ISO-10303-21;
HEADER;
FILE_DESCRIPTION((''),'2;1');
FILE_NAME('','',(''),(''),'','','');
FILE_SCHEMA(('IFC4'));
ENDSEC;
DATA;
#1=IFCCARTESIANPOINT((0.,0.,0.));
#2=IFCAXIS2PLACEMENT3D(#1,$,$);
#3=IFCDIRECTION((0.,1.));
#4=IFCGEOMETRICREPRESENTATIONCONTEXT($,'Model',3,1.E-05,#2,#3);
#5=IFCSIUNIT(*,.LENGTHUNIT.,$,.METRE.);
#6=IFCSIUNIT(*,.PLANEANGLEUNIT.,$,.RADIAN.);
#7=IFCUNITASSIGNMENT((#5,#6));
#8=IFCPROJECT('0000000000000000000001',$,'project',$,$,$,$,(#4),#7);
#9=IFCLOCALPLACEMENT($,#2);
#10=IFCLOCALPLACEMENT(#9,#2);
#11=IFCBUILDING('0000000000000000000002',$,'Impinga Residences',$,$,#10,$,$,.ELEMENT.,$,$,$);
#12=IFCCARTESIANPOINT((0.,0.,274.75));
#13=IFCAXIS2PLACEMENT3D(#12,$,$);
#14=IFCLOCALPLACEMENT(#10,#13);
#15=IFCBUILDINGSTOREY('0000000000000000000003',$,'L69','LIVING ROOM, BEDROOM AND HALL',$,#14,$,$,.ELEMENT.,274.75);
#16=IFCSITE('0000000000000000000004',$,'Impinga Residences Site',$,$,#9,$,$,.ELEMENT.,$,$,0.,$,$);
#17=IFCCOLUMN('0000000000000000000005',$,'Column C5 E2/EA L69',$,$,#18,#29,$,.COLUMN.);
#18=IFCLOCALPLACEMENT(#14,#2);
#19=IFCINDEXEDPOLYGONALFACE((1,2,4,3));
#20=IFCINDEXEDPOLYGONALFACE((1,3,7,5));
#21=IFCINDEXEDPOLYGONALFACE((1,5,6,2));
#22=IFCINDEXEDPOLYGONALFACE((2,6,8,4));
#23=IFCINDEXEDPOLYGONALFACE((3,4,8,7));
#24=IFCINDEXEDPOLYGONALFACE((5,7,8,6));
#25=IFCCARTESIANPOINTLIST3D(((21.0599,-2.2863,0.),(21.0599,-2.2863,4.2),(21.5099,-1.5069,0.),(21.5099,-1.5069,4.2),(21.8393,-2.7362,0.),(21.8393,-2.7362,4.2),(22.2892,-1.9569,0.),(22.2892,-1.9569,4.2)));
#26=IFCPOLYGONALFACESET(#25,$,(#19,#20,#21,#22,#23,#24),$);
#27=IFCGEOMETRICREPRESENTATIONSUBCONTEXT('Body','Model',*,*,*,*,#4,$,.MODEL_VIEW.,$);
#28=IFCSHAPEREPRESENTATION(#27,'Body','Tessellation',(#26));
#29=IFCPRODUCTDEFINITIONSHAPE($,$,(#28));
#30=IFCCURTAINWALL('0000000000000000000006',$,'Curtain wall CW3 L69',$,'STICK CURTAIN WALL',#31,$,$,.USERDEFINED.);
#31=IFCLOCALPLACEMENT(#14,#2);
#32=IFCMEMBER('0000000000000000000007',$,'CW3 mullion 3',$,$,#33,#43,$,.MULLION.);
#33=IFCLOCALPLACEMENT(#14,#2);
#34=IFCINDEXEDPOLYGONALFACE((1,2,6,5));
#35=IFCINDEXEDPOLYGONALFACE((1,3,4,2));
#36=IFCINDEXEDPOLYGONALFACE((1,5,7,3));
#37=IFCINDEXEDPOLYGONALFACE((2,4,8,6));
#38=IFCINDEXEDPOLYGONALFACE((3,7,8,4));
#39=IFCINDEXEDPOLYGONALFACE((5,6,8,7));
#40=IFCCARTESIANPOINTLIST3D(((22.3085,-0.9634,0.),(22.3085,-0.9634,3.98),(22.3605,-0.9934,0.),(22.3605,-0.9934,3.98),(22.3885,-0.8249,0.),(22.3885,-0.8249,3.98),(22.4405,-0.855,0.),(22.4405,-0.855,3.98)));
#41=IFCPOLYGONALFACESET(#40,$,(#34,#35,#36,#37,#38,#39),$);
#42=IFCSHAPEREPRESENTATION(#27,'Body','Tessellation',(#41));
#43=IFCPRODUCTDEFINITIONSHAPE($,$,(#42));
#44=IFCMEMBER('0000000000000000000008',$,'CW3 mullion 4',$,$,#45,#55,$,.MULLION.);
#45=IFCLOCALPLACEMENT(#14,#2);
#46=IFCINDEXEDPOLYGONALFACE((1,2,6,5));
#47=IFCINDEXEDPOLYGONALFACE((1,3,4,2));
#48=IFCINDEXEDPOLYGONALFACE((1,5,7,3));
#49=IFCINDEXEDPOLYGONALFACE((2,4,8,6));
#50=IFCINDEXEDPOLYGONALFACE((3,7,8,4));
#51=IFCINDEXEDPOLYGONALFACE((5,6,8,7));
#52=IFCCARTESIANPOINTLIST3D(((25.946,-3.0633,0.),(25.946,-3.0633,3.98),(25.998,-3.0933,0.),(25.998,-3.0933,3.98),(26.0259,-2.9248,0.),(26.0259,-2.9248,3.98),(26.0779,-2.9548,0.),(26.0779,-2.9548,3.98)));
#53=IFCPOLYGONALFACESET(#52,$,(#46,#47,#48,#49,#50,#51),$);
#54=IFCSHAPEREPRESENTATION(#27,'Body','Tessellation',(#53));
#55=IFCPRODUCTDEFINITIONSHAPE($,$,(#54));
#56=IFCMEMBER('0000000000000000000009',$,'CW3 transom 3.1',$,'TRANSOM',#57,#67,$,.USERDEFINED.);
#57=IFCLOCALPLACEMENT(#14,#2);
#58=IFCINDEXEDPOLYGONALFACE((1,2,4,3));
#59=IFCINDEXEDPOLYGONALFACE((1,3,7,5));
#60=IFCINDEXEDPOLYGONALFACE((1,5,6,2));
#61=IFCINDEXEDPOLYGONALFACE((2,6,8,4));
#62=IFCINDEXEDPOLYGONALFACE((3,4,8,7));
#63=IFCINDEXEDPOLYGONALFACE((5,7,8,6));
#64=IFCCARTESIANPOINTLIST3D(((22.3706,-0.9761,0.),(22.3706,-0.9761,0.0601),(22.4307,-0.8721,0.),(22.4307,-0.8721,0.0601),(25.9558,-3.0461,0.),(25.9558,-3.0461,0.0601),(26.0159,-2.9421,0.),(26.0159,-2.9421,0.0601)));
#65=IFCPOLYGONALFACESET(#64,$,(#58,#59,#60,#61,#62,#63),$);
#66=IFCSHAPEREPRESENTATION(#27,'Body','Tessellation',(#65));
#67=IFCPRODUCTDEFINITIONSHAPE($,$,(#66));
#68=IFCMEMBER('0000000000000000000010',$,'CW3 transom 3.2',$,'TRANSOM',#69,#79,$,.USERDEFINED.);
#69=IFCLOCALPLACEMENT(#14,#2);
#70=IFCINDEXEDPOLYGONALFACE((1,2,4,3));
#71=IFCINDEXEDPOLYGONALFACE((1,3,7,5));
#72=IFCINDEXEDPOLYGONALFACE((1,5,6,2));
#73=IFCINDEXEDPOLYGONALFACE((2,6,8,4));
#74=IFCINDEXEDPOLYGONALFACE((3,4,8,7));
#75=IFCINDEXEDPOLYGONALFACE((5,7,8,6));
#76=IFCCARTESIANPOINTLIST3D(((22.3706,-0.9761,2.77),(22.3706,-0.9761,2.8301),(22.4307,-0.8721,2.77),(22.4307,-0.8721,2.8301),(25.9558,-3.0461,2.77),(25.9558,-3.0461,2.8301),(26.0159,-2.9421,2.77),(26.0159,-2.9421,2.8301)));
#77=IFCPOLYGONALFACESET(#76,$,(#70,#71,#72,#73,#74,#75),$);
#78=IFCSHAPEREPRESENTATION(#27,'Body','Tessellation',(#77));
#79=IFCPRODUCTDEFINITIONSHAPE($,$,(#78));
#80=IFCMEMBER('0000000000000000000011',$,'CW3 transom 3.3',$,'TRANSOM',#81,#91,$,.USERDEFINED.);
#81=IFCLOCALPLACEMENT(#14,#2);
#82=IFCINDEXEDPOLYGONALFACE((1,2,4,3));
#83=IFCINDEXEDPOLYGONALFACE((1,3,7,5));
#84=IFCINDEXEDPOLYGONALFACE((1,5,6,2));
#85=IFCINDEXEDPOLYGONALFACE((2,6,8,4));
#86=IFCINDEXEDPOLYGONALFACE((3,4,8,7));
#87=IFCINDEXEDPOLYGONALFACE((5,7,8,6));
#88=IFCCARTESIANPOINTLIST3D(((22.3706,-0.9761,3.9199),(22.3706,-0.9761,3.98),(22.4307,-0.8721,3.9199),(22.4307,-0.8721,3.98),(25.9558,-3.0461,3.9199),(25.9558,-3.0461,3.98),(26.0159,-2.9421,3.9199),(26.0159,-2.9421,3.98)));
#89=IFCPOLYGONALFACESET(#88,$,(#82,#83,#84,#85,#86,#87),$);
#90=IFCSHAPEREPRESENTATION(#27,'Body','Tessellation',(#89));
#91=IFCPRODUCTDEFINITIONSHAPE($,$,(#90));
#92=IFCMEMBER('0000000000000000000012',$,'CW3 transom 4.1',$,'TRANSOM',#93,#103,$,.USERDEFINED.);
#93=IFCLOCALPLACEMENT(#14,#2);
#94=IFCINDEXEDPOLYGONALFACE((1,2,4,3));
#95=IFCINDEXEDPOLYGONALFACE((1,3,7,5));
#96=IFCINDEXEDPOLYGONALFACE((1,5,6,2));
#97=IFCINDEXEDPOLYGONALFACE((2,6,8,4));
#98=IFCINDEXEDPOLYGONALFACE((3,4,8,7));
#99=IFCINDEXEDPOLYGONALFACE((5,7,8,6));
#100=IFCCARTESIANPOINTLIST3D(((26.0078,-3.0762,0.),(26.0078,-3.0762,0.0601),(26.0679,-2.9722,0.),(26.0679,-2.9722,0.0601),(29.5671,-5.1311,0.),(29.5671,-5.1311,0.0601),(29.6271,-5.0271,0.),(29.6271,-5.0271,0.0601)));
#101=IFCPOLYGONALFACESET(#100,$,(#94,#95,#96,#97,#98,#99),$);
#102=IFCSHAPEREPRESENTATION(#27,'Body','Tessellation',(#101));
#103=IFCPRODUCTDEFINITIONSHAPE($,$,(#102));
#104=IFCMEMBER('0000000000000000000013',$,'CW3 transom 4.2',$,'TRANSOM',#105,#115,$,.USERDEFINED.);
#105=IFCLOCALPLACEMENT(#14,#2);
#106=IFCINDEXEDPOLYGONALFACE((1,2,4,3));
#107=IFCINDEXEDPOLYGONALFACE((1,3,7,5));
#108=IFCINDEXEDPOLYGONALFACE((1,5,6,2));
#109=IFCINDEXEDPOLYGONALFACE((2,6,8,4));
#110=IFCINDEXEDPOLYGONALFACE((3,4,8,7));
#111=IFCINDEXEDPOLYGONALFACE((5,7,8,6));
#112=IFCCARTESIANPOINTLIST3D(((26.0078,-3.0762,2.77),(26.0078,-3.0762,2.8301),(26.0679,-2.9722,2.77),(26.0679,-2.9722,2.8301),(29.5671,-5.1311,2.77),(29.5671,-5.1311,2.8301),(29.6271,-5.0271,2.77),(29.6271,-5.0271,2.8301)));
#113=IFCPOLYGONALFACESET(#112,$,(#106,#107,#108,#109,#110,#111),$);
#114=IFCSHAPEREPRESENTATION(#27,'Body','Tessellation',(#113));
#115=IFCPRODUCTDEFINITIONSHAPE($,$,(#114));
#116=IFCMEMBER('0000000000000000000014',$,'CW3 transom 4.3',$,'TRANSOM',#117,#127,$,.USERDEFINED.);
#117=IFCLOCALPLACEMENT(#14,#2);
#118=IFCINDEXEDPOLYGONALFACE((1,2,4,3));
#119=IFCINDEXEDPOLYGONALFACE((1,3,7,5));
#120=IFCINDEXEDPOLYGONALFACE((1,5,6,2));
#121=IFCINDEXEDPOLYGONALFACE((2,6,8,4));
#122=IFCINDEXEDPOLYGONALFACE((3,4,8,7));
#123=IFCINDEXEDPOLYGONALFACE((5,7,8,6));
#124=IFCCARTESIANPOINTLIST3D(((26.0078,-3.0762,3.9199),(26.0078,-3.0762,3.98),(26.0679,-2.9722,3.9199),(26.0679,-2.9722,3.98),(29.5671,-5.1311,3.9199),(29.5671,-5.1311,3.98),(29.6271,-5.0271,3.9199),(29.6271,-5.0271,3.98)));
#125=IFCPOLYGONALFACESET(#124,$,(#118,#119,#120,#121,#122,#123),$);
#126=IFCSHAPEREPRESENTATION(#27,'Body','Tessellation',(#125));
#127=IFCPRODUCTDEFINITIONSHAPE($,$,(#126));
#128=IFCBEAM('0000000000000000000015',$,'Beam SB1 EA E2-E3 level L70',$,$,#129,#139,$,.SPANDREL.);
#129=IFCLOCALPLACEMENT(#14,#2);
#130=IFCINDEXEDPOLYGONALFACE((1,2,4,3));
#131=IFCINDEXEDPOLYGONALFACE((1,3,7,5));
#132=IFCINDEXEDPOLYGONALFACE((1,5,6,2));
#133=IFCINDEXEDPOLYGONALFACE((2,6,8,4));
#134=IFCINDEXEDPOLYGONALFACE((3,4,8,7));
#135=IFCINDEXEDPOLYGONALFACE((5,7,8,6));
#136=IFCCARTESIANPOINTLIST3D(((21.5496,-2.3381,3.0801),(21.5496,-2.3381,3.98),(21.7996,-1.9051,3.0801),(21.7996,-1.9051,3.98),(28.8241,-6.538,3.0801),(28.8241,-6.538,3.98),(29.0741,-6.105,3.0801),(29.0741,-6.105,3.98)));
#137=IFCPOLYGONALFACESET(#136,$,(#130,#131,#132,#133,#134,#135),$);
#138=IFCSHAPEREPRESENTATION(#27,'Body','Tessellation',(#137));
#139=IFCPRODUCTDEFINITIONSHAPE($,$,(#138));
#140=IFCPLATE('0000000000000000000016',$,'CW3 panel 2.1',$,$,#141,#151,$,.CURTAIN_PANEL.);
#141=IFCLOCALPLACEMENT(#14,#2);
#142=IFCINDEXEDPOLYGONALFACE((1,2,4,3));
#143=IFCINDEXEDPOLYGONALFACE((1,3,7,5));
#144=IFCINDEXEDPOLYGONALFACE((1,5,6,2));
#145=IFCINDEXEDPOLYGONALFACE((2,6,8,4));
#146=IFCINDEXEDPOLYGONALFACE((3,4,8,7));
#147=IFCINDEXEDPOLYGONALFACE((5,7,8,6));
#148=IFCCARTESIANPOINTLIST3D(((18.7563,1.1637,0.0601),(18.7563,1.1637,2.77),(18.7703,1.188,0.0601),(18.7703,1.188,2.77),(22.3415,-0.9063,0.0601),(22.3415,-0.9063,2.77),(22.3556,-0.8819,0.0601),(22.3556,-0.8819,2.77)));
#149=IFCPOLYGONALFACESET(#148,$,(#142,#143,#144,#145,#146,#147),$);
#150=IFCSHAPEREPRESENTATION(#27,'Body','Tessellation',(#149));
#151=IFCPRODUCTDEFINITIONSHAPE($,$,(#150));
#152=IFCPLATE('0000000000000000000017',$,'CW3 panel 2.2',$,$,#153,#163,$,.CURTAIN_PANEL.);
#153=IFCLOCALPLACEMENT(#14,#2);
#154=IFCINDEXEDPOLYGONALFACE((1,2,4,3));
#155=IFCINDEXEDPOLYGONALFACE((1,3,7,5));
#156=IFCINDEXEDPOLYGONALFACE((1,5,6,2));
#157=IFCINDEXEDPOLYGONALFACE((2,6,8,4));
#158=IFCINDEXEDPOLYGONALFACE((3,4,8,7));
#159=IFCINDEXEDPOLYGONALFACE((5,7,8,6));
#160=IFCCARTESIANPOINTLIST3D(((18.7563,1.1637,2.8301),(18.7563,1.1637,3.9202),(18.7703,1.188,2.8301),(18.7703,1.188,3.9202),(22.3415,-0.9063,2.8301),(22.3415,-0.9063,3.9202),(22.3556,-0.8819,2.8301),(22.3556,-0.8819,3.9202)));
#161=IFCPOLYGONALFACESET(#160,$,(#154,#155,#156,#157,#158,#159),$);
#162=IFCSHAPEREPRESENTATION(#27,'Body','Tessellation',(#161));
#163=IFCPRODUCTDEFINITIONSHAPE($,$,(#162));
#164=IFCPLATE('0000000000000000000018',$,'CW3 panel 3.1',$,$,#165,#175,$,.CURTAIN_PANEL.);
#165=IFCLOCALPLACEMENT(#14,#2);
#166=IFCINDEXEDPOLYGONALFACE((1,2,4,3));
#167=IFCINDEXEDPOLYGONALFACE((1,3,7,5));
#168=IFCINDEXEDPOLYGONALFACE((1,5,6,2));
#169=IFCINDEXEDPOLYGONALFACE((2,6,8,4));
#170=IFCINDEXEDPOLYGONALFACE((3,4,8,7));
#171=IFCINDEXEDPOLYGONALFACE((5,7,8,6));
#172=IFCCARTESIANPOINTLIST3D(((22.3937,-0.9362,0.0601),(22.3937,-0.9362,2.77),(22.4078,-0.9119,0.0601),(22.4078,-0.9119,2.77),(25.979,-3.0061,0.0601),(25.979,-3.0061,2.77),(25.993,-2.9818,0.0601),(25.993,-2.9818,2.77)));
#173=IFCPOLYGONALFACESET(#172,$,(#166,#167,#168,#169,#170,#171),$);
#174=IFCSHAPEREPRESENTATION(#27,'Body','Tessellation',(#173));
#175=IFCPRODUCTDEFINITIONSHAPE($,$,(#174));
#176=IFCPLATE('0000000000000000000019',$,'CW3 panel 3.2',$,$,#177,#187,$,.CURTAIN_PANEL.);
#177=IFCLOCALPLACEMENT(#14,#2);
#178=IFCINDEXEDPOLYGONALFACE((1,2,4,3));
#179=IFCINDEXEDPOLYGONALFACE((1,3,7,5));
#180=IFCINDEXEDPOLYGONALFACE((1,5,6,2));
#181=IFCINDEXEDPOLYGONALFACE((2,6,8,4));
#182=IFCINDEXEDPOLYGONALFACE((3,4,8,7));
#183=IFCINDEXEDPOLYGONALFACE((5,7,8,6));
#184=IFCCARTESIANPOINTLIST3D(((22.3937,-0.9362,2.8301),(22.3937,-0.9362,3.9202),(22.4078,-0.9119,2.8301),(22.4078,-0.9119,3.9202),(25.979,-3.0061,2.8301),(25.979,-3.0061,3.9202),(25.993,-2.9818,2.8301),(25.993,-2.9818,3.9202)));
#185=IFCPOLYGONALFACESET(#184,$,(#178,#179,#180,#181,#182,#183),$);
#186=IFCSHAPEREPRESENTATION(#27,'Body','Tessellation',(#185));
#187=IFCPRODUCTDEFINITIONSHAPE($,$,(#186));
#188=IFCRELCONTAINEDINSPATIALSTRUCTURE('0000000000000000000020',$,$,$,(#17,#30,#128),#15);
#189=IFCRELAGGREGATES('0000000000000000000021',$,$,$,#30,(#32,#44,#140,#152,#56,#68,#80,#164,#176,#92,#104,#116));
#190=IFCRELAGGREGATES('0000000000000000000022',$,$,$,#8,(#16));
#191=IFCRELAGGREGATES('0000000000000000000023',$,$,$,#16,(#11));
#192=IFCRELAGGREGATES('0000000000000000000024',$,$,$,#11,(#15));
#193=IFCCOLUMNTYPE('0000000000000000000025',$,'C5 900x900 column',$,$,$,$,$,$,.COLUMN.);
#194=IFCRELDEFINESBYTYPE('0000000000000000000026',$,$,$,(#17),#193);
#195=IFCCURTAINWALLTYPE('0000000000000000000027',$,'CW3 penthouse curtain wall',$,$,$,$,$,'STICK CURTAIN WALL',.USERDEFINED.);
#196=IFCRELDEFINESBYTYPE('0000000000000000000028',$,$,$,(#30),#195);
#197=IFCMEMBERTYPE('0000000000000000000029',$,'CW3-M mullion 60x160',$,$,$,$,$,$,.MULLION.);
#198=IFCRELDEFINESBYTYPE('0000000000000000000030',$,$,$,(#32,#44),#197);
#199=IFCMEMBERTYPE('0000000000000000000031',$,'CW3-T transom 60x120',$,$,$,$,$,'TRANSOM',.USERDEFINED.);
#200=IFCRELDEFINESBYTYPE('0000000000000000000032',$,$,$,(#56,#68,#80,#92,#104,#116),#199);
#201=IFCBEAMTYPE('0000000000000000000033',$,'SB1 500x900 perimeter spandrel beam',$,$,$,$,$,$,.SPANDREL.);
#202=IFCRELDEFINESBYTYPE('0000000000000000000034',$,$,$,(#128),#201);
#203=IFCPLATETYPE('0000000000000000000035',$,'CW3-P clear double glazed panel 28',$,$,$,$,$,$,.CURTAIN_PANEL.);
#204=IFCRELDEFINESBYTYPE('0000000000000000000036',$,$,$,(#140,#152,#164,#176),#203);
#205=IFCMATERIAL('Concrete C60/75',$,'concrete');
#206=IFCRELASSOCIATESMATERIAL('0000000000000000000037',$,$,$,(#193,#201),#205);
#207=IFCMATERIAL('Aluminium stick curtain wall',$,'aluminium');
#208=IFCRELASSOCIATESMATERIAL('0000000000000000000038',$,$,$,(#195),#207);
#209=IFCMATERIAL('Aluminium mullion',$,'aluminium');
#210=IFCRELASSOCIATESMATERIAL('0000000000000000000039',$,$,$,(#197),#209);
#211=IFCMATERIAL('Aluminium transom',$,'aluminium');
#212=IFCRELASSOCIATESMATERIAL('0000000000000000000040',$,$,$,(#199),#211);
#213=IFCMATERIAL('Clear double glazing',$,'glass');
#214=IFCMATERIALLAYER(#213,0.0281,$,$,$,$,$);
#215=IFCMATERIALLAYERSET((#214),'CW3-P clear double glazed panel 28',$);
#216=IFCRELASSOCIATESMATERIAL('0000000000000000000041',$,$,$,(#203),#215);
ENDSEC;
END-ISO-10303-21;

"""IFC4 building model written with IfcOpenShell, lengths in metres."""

from ifc_helpers import new_model, si_unit, direction, frame, origin, origin_2d, place, context, subcontext, project, spatial, rectangle, extrude, material, layer, layer_set, material_profile, profile_set, type_object, element, aggregate, save


model = new_model("IFC4")

# Units and contexts
model_context = context("Model", 3, precision=1e-05, world=origin(), true_north=direction((0.0, 1.0)))
body_context = subcontext(model_context, "Body", "Model", "MODEL_VIEW")
ifc_project = project(units=[si_unit("LENGTHUNIT", "METRE"), si_unit("PLANEANGLEUNIT", "RADIAN")], contexts=[model_context])

# Site, building, storey
site_placement = place(None, origin())
site = spatial("IfcSite", under=ifc_project, at=site_placement, Name="Impinga Residences Site", CompositionType="ELEMENT", RefElevation=0.0)
building_placement = place(site_placement, origin())
building = spatial("IfcBuilding", under=site, at=building_placement, Name="Impinga Residences", CompositionType="ELEMENT")
storey_placement = place(building_placement, frame((0.0, 0.0, 274.75)))
storey = spatial("IfcBuildingStorey", under=building, at=storey_placement, Name="L69", Description="LIVING ROOM, BEDROOM AND HALL", CompositionType="ELEMENT", Elevation=274.75)

# Column
ifc_material_1 = material(Name="Concrete C60/75", Category="concrete")
ifc_material_profile_1 = material_profile(ifc_material_1, rectangle(XDim=0.8999, YDim=0.8999, at=origin_2d()), Name="RC 900x900")
ifc_profile_set_1 = profile_set([ifc_material_profile_1], Name="Concrete C60/75")
column_type = type_object("IfcColumnType", Name="C5 900x900 column", PredefinedType="COLUMN", material=ifc_profile_set_1)
column_placement = place(storey_placement, frame((21.6746, -2.1216, 0.0), z_axis=(0.0, 0.0, 1.0), x_axis=(-0.5, -0.866025, 0.0)))
element("IfcColumn", 1, at=column_placement, inside=storey, type_object=column_type, Name="Column C5 E2/EA L69", PredefinedType="COLUMN", context=body_context, shape_type="SweptSolid", body=[
    extrude(rectangle(XDim=0.8999, YDim=0.8999, at=origin_2d()), origin(), (0.0, 0.0, 1.0), 4.2),
])

# Curtain wall, members
ifc_material_2 = material(Name="Aluminium stick curtain wall", Category="aluminium")
curtain_wall_type = type_object("IfcCurtainWallType", Name="CW3 penthouse curtain wall", ElementType="STICK CURTAIN WALL", PredefinedType="USERDEFINED", material=ifc_material_2)
curtain_wall_placement = place(storey_placement, origin())
curtain_wall = element("IfcCurtainWall", 2, at=curtain_wall_placement, inside=storey, type_object=curtain_wall_type, Name="Curtain wall CW3 L69", ObjectType="STICK CURTAIN WALL", PredefinedType="USERDEFINED")
ifc_material_3 = material(Name="Aluminium mullion", Category="aluminium")
ifc_material_profile_2 = material_profile(ifc_material_3, rectangle(XDim=0.0601, YDim=0.1599, at=origin_2d()), Name="60x160 mullion")
ifc_profile_set_2 = profile_set([ifc_material_profile_2], Name="Aluminium mullion")
member_type_1 = type_object("IfcMemberType", Name="CW3-M mullion 60x160", PredefinedType="MULLION", material=ifc_profile_set_2)
member_1_placement = place(storey_placement, frame((22.3745, -0.9092, 0.0), z_axis=(0.0, 0.0, 1.0), x_axis=(0.866025, -0.5, 0.0)))
member_1 = element("IfcMember", 3, at=member_1_placement, type_object=member_type_1, Name="CW3 mullion 3", PredefinedType="MULLION", context=body_context, shape_type="SweptSolid", body=[
    extrude(rectangle(XDim=0.0601, YDim=0.1599, at=origin_2d()), origin(), (0.0, 0.0, 1.0), 3.98),
])
member_2_placement = place(storey_placement, frame((26.012, -3.009, 0.0), z_axis=(0.0, 0.0, 1.0), x_axis=(0.866025, -0.5, 0.0)))
member_2 = element("IfcMember", 4, at=member_2_placement, type_object=member_type_1, Name="CW3 mullion 4", PredefinedType="MULLION", context=body_context, shape_type="SweptSolid", body=[
    extrude(rectangle(XDim=0.0601, YDim=0.1599, at=origin_2d()), origin(), (0.0, 0.0, 1.0), 3.98),
])
ifc_material_4 = material(Name="Aluminium transom", Category="aluminium")
ifc_material_profile_3 = material_profile(ifc_material_4, rectangle(XDim=0.0601, YDim=0.1201, at=origin_2d()), Name="60x120 transom")
ifc_profile_set_3 = profile_set([ifc_material_profile_3], Name="Aluminium transom")
member_type_2 = type_object("IfcMemberType", Name="CW3-T transom 60x120", ElementType="TRANSOM", PredefinedType="USERDEFINED", material=ifc_profile_set_3)
member_3_placement = place(storey_placement, frame((22.4006, -0.9241, 0.03), z_axis=(0.86601, -0.500027, 0.0), x_axis=(0.0, 0.0, 1.0)))
member_3 = element("IfcMember", 5, at=member_3_placement, type_object=member_type_2, Name="CW3 transom 3.1", ObjectType="TRANSOM", PredefinedType="USERDEFINED", context=body_context, shape_type="SweptSolid", body=[
    extrude(rectangle(XDim=0.0601, YDim=0.1201, at=origin_2d()), origin(), (0.0, 0.0, 1.0), 4.1399),
])
member_4_placement = place(storey_placement, frame((22.4006, -0.9241, 2.8), z_axis=(0.86601, -0.500027, 0.0), x_axis=(0.0, 0.0, 1.0)))
member_4 = element("IfcMember", 6, at=member_4_placement, type_object=member_type_2, Name="CW3 transom 3.2", ObjectType="TRANSOM", PredefinedType="USERDEFINED", context=body_context, shape_type="SweptSolid", body=[
    extrude(rectangle(XDim=0.0601, YDim=0.1201, at=origin_2d()), origin(), (0.0, 0.0, 1.0), 4.1399),
])
member_5_placement = place(storey_placement, frame((22.4006, -0.9241, 3.95), z_axis=(0.86601, -0.500027, 0.0), x_axis=(0.0, 0.0, 1.0)))
member_5 = element("IfcMember", 7, at=member_5_placement, type_object=member_type_2, Name="CW3 transom 3.3", ObjectType="TRANSOM", PredefinedType="USERDEFINED", context=body_context, shape_type="SweptSolid", body=[
    extrude(rectangle(XDim=0.0601, YDim=0.1201, at=origin_2d()), origin(), (0.0, 0.0, 1.0), 4.1399),
])
member_6_placement = place(storey_placement, frame((26.0378, -3.0242, 0.03), z_axis=(0.86603, -0.499992, 0.0), x_axis=(0.0, 0.0, 1.0)))
member_6 = element("IfcMember", 8, at=member_6_placement, type_object=member_type_2, Name="CW3 transom 4.1", ObjectType="TRANSOM", PredefinedType="USERDEFINED", context=body_context, shape_type="SweptSolid", body=[
    extrude(rectangle(XDim=0.0601, YDim=0.1201, at=origin_2d()), origin(), (0.0, 0.0, 1.0), 4.1099),
])
member_7_placement = place(storey_placement, frame((26.0378, -3.0242, 2.8), z_axis=(0.86603, -0.499992, 0.0), x_axis=(0.0, 0.0, 1.0)))
member_7 = element("IfcMember", 9, at=member_7_placement, type_object=member_type_2, Name="CW3 transom 4.2", ObjectType="TRANSOM", PredefinedType="USERDEFINED", context=body_context, shape_type="SweptSolid", body=[
    extrude(rectangle(XDim=0.0601, YDim=0.1201, at=origin_2d()), origin(), (0.0, 0.0, 1.0), 4.1099),
])
member_8_placement = place(storey_placement, frame((26.0378, -3.0242, 3.95), z_axis=(0.86603, -0.499992, 0.0), x_axis=(0.0, 0.0, 1.0)))
member_8 = element("IfcMember", 10, at=member_8_placement, type_object=member_type_2, Name="CW3 transom 4.3", ObjectType="TRANSOM", PredefinedType="USERDEFINED", context=body_context, shape_type="SweptSolid", body=[
    extrude(rectangle(XDim=0.0601, YDim=0.1201, at=origin_2d()), origin(), (0.0, 0.0, 1.0), 4.1099),
])

# Beam
ifc_material_profile_4 = material_profile(ifc_material_1, rectangle(XDim=0.5, YDim=0.8999, at=origin_2d()), Name="RC 500x900")
ifc_profile_set_4 = profile_set([ifc_material_profile_4], Name="Concrete C60/75")
beam_type = type_object("IfcBeamType", Name="SB1 500x900 perimeter spandrel beam", PredefinedType="SPANDREL", material=ifc_profile_set_4)
beam_placement = place(storey_placement, frame((21.6746, -2.1216, 3.53), z_axis=(0.866029, -0.499993, 0.0), x_axis=(0.499993, 0.866029, 0.0)))
element("IfcBeam", 11, at=beam_placement, inside=storey, type_object=beam_type, Name="Beam SB1 EA E2-E3 level L70", PredefinedType="SPANDREL", context=body_context, shape_type="SweptSolid", body=[
    extrude(rectangle(XDim=0.5, YDim=0.8999, at=origin_2d()), origin(), (0.0, 0.0, 1.0), 8.3999),
])

# Plates
ifc_material_5 = material(Name="Clear double glazing", Category="glass")
ifc_layer_1 = layer(ifc_material_5, 0.0281)
ifc_layer_set_1 = layer_set([ifc_layer_1], Name="CW3-P clear double glazed panel 28")
plate_type = type_object("IfcPlateType", Name="CW3-P clear double glazed panel 28", PredefinedType="CURTAIN_PANEL", material=ifc_layer_set_1)
plate_1_placement = place(storey_placement, frame((20.5559, 0.1409, 0.0601), z_axis=(0.0, 0.0, 1.0), x_axis=(0.866025, -0.5, 0.0)))
plate_1 = element("IfcPlate", 12, at=plate_1_placement, type_object=plate_type, Name="CW3 panel 2.1", PredefinedType="CURTAIN_PANEL", context=body_context, shape_type="SweptSolid", body=[
    extrude(rectangle(XDim=4.1399, YDim=0.0281, at=origin_2d()), origin(), (0.0, 0.0, 1.0), 2.71),
])
plate_2_placement = place(storey_placement, frame((20.5559, 0.1409, 2.8301), z_axis=(0.0, 0.0, 1.0), x_axis=(0.866025, -0.5, 0.0)))
plate_2 = element("IfcPlate", 13, at=plate_2_placement, type_object=plate_type, Name="CW3 panel 2.2", PredefinedType="CURTAIN_PANEL", context=body_context, shape_type="SweptSolid", body=[
    extrude(rectangle(XDim=4.1399, YDim=0.0281, at=origin_2d()), origin(), (0.0, 0.0, 1.0), 1.0901),
])
plate_3_placement = place(storey_placement, frame((24.1934, -1.959, 0.0601), z_axis=(0.0, 0.0, 1.0), x_axis=(0.866025, -0.5, 0.0)))
plate_3 = element("IfcPlate", 14, at=plate_3_placement, type_object=plate_type, Name="CW3 panel 3.1", PredefinedType="CURTAIN_PANEL", context=body_context, shape_type="SweptSolid", body=[
    extrude(rectangle(XDim=4.1399, YDim=0.0281, at=origin_2d()), origin(), (0.0, 0.0, 1.0), 2.71),
])
plate_4_placement = place(storey_placement, frame((24.1934, -1.959, 2.8301), z_axis=(0.0, 0.0, 1.0), x_axis=(0.866025, -0.5, 0.0)))
plate_4 = element("IfcPlate", 15, at=plate_4_placement, type_object=plate_type, Name="CW3 panel 3.2", PredefinedType="CURTAIN_PANEL", context=body_context, shape_type="SweptSolid", body=[
    extrude(rectangle(XDim=4.1399, YDim=0.0281, at=origin_2d()), origin(), (0.0, 0.0, 1.0), 1.0901),
])
aggregate(curtain_wall, [member_1, member_2, plate_1, plate_2, member_3, member_4, member_5, plate_3, plate_4, member_6, member_7, member_8])

save(model, "model.ifc")
